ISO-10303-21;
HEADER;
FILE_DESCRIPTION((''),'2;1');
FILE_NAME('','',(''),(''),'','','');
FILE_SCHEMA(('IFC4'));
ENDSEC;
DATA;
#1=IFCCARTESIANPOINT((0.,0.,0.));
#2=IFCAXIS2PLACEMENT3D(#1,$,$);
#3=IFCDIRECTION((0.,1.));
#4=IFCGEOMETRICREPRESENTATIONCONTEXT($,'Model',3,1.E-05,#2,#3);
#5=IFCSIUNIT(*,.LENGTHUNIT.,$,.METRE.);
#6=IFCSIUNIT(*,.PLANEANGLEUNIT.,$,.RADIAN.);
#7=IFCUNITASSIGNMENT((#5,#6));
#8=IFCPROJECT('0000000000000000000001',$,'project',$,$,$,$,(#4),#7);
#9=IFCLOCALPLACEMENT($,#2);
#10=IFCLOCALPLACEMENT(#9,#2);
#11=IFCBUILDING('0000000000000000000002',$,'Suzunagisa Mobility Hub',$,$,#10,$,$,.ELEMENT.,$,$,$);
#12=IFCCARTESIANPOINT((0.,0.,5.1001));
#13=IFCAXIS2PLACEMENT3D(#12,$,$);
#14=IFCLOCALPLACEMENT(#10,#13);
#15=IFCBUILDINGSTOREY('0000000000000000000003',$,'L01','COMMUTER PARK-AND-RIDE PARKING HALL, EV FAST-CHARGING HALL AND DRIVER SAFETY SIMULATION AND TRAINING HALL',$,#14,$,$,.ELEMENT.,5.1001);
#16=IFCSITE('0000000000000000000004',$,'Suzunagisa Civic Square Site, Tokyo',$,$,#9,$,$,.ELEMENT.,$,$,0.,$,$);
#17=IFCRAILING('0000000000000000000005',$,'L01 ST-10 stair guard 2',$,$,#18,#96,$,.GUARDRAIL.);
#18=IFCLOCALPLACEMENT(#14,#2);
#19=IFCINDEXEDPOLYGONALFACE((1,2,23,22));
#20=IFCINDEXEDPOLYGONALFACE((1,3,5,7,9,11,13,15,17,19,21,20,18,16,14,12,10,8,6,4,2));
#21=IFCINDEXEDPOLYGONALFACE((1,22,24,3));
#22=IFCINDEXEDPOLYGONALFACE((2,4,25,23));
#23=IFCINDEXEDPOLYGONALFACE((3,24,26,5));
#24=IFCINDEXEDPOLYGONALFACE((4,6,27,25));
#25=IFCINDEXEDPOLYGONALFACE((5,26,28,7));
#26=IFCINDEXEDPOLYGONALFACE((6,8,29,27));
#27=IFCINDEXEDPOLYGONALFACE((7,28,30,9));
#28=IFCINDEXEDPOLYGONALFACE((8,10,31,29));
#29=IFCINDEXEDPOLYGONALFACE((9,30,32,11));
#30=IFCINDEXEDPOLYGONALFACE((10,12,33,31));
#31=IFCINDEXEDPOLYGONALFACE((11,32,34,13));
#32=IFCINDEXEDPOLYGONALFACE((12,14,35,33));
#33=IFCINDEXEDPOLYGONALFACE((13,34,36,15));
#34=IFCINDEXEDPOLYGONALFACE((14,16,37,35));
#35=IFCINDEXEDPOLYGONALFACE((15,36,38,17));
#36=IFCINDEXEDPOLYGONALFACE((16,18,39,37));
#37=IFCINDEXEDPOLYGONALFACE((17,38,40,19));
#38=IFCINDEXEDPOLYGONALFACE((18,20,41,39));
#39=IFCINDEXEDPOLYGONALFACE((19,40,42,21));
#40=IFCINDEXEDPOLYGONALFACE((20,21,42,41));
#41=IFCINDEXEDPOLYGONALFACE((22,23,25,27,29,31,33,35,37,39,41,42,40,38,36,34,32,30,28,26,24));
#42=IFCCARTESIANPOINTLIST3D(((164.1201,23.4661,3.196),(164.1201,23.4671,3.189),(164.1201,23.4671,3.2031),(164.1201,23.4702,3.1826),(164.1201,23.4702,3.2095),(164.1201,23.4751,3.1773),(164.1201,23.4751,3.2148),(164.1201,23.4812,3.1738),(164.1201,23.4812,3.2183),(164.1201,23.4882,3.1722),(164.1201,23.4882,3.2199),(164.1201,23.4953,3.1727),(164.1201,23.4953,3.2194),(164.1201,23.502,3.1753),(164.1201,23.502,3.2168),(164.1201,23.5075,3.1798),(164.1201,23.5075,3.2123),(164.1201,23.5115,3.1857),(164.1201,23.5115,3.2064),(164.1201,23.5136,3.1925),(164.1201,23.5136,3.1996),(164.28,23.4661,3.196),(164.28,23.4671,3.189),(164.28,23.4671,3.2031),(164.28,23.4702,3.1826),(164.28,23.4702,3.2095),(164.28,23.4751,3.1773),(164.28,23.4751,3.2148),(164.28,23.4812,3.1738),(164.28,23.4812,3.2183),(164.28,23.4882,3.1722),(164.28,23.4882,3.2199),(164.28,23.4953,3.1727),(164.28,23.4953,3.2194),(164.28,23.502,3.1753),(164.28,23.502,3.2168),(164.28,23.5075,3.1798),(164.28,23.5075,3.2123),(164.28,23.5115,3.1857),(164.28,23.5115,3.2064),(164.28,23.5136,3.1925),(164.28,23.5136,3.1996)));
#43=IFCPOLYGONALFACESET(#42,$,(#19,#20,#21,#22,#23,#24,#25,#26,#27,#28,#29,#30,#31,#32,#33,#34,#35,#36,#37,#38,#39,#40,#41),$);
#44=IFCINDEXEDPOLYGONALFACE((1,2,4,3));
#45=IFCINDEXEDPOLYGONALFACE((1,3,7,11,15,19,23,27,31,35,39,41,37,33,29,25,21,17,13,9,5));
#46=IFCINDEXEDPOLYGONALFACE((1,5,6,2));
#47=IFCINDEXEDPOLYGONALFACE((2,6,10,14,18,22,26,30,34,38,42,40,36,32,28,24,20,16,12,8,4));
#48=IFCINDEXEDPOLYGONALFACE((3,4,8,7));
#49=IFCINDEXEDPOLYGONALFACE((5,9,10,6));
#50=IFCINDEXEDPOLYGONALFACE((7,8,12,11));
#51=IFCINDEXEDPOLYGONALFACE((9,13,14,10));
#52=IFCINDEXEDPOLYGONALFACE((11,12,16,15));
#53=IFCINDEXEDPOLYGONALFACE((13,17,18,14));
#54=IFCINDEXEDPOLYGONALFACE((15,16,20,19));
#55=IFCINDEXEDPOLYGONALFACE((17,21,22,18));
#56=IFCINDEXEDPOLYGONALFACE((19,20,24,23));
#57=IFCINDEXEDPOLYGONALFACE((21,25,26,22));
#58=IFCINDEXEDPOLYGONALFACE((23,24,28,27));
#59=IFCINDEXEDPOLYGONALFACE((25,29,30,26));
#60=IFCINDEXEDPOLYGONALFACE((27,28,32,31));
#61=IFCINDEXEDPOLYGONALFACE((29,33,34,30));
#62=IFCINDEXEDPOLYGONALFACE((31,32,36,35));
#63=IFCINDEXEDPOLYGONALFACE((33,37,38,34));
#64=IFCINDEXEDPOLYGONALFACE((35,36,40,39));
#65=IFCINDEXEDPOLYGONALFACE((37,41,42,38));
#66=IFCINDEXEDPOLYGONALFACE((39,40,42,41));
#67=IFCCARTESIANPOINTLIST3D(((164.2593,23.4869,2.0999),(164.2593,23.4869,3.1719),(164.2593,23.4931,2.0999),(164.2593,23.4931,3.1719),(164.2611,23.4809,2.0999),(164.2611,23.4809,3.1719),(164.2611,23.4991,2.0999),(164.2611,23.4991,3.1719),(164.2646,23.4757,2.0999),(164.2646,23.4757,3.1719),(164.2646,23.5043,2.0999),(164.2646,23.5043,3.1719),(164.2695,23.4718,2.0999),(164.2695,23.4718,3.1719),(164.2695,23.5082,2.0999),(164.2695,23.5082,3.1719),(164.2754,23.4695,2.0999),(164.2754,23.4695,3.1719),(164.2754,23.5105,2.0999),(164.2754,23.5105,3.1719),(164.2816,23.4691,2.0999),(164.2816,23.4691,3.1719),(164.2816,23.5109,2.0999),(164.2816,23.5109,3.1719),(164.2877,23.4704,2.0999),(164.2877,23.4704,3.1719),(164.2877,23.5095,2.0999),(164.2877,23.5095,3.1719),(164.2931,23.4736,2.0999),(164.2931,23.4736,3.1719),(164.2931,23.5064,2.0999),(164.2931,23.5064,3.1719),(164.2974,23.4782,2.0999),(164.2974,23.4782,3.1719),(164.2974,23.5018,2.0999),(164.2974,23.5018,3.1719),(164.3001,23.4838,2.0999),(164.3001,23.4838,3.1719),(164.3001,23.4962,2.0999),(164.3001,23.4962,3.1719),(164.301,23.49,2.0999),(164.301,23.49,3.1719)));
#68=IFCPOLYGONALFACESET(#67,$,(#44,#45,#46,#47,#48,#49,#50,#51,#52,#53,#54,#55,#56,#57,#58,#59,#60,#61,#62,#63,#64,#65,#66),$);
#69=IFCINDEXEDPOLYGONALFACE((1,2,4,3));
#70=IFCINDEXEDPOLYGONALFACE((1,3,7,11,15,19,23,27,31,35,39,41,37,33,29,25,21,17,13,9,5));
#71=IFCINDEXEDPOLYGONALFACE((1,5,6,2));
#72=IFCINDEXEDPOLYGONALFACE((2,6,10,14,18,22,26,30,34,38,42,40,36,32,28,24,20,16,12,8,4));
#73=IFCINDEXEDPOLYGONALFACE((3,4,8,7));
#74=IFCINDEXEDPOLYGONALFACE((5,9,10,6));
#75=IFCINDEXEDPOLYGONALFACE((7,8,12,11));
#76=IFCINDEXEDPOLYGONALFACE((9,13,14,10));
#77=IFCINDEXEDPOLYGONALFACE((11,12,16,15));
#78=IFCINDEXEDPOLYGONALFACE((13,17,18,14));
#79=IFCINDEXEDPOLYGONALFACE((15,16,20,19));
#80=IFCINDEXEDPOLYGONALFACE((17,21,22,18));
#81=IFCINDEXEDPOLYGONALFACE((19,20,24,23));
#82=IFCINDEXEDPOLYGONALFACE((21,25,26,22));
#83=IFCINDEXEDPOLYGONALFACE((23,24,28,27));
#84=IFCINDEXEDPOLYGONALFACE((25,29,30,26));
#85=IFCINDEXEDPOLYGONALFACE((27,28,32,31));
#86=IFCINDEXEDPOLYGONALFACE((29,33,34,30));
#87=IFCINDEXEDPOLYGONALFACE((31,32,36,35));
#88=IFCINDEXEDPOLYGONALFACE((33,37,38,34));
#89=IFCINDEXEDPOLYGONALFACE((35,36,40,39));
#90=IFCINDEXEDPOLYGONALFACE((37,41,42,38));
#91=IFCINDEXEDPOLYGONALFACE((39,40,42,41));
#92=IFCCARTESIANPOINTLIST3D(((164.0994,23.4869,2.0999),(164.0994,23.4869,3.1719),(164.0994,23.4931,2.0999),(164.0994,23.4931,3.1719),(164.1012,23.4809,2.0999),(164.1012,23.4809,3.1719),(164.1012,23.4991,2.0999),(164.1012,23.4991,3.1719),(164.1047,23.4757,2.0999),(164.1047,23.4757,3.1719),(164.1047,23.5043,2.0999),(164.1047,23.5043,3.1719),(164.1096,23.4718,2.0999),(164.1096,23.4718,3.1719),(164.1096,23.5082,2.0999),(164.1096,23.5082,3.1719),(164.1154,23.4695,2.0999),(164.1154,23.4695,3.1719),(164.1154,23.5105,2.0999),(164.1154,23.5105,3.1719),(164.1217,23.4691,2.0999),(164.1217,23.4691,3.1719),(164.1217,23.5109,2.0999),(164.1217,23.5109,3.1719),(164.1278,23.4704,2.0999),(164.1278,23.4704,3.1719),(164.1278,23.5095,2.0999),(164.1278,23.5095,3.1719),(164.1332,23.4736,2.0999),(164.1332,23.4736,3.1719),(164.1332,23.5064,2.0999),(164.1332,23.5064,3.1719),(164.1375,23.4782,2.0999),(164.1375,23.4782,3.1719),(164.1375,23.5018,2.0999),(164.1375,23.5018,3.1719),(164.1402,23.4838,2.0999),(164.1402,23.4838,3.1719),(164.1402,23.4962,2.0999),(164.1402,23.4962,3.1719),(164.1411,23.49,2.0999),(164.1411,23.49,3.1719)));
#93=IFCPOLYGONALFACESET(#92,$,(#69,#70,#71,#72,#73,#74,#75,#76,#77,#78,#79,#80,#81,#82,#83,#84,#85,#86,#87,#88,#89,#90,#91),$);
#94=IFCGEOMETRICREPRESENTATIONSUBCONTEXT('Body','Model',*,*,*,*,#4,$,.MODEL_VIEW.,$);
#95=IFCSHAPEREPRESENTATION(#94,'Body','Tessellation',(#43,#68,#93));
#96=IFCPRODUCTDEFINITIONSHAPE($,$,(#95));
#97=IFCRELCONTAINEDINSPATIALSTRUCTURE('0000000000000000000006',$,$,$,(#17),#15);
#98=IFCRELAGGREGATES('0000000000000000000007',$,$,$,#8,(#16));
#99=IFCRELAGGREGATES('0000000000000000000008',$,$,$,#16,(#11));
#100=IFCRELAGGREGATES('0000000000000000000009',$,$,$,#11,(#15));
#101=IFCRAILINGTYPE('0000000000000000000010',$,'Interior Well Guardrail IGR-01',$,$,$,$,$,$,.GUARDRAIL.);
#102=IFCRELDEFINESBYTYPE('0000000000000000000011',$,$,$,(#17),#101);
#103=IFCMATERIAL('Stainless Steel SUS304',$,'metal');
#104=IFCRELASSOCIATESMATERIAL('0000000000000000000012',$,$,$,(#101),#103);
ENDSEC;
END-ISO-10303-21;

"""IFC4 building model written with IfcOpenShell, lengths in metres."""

from ifc_helpers import new_model, si_unit, direction, frame, origin, origin_2d, place, context, subcontext, project, spatial, circle, extrude, material, type_object, element, save


model = new_model("IFC4")

# Units and contexts
model_context = context("Model", 3, precision=1e-05, world=origin(), true_north=direction((0.0, 1.0)))
body_context = subcontext(model_context, "Body", "Model", "MODEL_VIEW")
ifc_project = project(units=[si_unit("LENGTHUNIT", "METRE"), si_unit("PLANEANGLEUNIT", "RADIAN")], contexts=[model_context])

# Site, building, storey
site_placement = place(None, origin())
site = spatial("IfcSite", under=ifc_project, at=site_placement, Name="Suzunagisa Civic Square Site, Tokyo", CompositionType="ELEMENT", RefElevation=0.0)
building_placement = place(site_placement, origin())
building = spatial("IfcBuilding", under=site, at=building_placement, Name="Suzunagisa Mobility Hub", CompositionType="ELEMENT")
storey_placement = place(building_placement, frame((0.0, 0.0, 5.1001)))
storey = spatial("IfcBuildingStorey", under=building, at=storey_placement, Name="L01", Description="COMMUTER PARK-AND-RIDE PARKING HALL, EV FAST-CHARGING HALL AND DRIVER SAFETY SIMULATION AND TRAINING HALL", CompositionType="ELEMENT", Elevation=5.1001)

# Railing
ifc_material_1 = material(Name="Stainless Steel SUS304", Category="metal")
railing_type_1 = type_object("IfcRailingType", Name="Interior Well Guardrail IGR-01", PredefinedType="GUARDRAIL", material=ifc_material_1)
railing_1_placement = place(storey_placement, frame((164.28, 23.49, 2.0999)))
element("IfcRailing", 1, at=railing_1_placement, inside=storey, type_object=railing_type_1, Name="L01 ST-10 stair guard 2", PredefinedType="GUARDRAIL", context=body_context, shape_type="SweptSolid", body=[
    extrude(circle(Radius=0.0239, at=origin_2d()), frame((0.0, 0.0, 1.0962), z_axis=(-1.0, 0.0, 0.0), x_axis=(0.0, -1.0, 0.0)), (0.0, 0.0, 1.0), 0.1599),
    extrude(circle(Radius=0.021, at=origin_2d()), origin(), (0.0, 0.0, 1.0), 1.072),
    extrude(circle(Radius=0.021, at=origin_2d()), frame((-0.1599, 0.0, 0.0)), (0.0, 0.0, 1.0), 1.072),
])

save(model, "model.ifc")
